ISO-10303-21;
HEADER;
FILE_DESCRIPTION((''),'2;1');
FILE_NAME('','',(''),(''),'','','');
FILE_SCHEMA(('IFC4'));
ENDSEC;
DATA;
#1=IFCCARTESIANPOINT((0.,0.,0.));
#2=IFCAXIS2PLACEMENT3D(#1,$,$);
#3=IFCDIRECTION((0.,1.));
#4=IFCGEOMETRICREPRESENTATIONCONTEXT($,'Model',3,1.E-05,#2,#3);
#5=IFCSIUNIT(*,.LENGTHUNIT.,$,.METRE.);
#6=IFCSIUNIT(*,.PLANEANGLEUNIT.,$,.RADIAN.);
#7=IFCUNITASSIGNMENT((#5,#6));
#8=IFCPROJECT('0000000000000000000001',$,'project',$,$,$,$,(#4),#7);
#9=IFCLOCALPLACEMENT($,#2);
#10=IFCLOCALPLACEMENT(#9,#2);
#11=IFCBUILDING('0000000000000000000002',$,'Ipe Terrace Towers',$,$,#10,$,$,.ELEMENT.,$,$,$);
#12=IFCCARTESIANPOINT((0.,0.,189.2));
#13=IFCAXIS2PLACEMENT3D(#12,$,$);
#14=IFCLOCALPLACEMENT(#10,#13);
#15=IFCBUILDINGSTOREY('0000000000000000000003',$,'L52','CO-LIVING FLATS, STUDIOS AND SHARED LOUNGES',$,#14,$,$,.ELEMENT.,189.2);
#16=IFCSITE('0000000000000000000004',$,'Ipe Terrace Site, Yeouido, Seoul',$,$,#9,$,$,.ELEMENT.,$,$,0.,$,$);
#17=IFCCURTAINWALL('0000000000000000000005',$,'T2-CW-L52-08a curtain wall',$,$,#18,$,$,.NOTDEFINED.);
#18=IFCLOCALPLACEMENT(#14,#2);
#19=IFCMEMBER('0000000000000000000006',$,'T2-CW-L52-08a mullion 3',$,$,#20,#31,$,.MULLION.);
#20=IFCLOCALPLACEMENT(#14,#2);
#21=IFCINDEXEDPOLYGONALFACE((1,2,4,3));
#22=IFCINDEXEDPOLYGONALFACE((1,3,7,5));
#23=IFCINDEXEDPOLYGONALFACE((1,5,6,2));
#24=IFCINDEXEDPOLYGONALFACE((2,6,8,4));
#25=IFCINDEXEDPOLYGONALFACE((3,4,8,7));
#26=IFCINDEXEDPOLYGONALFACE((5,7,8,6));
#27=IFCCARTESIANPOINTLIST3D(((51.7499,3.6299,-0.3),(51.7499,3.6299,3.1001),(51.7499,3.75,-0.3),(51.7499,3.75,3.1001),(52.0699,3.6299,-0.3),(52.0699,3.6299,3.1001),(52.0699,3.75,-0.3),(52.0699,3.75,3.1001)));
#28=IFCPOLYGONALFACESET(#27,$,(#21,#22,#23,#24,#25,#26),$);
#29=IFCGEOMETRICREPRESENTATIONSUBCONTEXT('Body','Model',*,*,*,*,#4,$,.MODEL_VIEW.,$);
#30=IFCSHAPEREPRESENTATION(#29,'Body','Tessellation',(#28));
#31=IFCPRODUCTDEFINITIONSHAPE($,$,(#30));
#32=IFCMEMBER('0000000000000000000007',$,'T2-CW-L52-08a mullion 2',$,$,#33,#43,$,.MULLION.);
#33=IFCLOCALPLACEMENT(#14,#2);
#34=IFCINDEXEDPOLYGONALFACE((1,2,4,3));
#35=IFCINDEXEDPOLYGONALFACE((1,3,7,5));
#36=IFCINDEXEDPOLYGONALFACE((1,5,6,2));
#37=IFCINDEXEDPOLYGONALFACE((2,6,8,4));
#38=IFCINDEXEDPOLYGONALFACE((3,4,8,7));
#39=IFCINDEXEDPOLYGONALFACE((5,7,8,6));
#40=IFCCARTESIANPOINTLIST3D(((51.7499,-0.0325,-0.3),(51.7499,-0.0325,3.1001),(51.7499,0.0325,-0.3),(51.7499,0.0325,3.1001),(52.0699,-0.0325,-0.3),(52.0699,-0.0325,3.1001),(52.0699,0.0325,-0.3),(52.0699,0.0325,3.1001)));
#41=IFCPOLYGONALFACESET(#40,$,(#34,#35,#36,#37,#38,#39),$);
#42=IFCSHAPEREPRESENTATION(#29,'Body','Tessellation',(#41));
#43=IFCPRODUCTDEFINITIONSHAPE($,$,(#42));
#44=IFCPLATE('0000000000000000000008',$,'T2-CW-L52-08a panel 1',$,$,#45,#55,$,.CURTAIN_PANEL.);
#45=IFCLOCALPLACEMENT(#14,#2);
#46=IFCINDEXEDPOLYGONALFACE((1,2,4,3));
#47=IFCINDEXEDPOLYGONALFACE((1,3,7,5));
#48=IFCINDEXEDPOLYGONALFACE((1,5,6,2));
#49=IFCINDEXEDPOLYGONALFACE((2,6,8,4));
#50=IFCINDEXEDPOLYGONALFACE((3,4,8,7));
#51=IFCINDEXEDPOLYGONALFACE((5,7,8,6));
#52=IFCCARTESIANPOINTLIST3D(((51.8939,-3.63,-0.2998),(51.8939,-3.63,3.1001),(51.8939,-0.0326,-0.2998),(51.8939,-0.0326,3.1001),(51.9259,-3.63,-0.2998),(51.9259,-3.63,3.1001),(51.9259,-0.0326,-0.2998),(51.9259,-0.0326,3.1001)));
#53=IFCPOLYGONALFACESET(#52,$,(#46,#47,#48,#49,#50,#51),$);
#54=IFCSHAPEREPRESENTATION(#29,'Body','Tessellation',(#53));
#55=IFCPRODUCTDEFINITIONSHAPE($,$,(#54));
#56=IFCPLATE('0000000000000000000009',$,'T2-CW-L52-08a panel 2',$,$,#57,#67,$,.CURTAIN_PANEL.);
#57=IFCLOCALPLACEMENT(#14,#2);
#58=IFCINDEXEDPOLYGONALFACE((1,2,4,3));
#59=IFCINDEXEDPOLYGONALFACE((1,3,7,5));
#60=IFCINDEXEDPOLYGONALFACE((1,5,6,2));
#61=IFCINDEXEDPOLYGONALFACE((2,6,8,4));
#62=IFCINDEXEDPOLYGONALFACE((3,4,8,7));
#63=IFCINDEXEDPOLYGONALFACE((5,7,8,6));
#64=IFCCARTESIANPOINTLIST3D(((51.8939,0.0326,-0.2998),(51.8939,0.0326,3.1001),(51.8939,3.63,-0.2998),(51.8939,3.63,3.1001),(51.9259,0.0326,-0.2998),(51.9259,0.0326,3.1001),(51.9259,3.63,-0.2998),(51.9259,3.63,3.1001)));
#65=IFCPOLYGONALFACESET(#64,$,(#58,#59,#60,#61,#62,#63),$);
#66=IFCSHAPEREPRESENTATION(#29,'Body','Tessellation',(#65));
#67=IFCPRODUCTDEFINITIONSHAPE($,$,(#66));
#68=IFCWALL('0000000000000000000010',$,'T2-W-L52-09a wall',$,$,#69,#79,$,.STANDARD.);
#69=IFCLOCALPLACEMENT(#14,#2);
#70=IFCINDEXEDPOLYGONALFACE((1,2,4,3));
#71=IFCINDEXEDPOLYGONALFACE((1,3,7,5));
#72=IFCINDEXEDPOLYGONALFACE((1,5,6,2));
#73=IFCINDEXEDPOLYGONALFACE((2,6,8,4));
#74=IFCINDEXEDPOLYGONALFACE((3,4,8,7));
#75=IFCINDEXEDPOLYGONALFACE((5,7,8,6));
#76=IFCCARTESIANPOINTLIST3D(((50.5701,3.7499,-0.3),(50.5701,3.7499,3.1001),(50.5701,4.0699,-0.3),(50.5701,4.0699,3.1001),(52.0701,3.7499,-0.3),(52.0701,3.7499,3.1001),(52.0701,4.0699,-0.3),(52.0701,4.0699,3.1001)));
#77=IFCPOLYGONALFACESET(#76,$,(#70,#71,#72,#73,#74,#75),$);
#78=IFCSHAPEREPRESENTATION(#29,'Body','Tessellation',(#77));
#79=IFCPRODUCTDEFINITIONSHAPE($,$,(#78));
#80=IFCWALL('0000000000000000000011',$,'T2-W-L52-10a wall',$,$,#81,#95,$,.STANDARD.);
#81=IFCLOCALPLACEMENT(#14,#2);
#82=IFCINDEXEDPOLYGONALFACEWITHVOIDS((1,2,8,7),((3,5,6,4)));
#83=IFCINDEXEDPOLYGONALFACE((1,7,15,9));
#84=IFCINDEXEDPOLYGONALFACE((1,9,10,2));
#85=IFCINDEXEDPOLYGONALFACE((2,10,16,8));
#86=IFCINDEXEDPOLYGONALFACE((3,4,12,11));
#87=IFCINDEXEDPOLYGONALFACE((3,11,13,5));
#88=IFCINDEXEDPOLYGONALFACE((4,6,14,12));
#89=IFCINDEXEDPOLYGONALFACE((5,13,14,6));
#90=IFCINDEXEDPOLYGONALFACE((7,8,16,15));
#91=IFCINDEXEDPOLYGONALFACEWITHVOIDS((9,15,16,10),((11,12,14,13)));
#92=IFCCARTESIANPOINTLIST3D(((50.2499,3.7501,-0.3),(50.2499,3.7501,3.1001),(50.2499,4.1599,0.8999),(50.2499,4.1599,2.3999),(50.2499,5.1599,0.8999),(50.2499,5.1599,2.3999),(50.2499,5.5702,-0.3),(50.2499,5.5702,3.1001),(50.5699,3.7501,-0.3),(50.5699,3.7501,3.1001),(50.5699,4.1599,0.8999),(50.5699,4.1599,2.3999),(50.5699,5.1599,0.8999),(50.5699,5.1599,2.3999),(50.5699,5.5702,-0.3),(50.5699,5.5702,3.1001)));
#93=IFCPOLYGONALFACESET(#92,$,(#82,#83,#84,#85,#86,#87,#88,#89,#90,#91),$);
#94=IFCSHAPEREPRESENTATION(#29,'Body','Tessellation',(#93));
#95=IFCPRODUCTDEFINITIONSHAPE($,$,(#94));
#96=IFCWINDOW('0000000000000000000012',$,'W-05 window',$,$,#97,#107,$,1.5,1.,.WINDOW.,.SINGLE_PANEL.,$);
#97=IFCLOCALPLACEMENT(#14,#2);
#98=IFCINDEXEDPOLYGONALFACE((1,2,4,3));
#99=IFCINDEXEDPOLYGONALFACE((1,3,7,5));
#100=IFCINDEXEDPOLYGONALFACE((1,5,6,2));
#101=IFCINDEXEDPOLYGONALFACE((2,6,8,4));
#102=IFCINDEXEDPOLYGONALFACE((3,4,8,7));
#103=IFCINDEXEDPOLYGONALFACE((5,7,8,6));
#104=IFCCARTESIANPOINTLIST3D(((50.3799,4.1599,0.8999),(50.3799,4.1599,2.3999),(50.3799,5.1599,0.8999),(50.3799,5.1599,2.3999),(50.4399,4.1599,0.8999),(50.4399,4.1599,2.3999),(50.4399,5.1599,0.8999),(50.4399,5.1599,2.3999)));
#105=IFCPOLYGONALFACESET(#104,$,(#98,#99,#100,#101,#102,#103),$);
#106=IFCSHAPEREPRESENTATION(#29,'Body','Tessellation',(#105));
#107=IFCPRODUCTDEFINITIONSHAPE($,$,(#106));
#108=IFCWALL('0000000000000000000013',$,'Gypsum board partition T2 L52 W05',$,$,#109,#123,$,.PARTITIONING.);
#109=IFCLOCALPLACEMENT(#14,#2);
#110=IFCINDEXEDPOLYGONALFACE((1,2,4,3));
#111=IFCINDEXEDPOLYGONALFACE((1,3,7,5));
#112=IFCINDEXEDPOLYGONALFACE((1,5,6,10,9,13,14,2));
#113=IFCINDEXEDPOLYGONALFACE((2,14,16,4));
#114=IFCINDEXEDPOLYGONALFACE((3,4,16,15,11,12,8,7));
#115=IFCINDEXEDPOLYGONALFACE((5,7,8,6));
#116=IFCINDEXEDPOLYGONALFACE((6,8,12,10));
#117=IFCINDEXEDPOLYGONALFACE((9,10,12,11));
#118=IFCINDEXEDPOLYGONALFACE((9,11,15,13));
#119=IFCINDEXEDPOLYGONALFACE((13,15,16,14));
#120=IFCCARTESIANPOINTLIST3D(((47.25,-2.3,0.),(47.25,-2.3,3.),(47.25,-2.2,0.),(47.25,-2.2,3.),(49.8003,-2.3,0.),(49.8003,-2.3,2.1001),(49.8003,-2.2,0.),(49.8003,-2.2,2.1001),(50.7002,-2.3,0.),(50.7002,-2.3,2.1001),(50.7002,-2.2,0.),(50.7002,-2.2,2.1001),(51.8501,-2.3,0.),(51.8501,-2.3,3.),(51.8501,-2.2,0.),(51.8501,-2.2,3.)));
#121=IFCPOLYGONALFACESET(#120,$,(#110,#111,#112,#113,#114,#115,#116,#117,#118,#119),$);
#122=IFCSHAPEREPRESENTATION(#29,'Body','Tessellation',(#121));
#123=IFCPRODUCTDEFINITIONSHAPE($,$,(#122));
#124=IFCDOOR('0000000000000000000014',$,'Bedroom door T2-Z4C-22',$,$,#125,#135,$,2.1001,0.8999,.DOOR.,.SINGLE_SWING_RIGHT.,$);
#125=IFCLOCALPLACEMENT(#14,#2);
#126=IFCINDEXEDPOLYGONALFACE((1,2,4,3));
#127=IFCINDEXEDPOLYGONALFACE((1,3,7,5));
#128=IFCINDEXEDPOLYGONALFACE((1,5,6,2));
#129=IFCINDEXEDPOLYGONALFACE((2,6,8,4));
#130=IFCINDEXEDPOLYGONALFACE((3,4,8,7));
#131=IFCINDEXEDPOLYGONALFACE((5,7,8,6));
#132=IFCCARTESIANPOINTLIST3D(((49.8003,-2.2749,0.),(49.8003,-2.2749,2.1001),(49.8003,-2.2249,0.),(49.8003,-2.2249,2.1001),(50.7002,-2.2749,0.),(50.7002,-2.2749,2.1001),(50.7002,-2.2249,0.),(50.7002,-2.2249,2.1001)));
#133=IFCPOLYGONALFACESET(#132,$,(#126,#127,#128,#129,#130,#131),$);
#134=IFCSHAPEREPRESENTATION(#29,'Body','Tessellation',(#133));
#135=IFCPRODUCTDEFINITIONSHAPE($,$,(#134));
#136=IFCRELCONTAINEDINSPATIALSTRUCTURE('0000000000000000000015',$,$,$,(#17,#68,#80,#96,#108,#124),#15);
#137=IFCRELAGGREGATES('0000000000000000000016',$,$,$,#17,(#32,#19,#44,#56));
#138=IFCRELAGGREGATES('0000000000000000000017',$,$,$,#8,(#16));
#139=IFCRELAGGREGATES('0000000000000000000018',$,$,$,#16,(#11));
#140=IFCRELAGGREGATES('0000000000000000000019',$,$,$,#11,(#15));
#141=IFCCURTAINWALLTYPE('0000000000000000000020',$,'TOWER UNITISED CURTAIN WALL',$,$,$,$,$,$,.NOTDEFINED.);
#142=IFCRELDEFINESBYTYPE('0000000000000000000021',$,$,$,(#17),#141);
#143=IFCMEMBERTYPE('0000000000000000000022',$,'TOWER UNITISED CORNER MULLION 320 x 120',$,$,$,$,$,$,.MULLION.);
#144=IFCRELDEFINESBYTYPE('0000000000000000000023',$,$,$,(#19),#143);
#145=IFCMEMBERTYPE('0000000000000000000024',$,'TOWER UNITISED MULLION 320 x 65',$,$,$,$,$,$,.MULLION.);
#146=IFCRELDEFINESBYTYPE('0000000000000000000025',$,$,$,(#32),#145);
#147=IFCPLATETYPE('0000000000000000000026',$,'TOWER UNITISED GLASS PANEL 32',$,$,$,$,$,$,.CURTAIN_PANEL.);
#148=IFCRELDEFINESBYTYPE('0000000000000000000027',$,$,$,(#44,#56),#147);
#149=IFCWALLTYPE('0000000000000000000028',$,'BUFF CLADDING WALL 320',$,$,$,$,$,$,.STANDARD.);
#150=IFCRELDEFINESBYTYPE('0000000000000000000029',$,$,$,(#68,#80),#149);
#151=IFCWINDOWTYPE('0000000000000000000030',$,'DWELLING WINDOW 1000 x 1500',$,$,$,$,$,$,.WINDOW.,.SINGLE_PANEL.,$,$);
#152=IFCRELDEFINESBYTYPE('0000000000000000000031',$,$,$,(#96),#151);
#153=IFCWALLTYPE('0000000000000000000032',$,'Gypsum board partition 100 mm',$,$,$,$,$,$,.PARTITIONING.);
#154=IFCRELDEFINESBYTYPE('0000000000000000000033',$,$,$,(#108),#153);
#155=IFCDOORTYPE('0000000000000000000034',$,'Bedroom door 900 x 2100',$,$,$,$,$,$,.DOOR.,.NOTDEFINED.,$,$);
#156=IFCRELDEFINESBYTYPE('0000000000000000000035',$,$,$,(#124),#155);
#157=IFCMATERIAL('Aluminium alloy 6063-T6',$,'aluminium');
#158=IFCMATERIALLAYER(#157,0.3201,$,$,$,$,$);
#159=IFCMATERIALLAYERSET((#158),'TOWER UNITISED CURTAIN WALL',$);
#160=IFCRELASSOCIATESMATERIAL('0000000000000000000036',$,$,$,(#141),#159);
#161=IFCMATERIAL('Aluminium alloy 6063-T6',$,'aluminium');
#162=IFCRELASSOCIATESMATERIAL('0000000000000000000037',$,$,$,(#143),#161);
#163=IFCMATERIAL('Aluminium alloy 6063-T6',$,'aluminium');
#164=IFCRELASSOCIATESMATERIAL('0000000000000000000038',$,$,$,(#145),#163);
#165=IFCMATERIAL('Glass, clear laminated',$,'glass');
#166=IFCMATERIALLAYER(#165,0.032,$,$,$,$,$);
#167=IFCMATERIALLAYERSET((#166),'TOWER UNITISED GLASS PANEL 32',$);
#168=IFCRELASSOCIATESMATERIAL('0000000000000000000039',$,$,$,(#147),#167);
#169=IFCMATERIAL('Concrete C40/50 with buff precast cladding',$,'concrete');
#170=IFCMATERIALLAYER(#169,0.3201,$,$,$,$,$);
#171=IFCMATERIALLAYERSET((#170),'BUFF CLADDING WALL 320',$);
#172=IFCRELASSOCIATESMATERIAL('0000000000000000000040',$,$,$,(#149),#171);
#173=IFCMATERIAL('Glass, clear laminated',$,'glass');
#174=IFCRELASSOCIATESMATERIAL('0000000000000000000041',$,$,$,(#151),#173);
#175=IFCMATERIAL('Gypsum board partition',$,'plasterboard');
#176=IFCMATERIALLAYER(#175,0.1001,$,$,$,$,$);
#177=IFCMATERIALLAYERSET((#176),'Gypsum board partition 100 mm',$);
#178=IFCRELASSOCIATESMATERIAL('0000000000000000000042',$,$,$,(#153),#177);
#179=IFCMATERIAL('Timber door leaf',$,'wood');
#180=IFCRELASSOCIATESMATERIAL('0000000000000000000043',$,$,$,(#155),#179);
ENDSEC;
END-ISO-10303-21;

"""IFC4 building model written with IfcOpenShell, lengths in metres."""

from ifc_helpers import new_model, si_unit, direction, frame, frame_2d, origin, origin_2d, place, context, subcontext, project, spatial, rectangle, extrude, material, layer, layer_set, material_profile, profile_set, type_object, element, fill, aggregate, save


model = new_model("IFC4")

# Units and contexts
model_context = context("Model", 3, precision=1e-05, world=origin(), true_north=direction((0.0, 1.0)))
body_context = subcontext(model_context, "Body", "Model", "MODEL_VIEW")
ifc_project = project(units=[si_unit("LENGTHUNIT", "METRE"), si_unit("PLANEANGLEUNIT", "RADIAN")], contexts=[model_context])

# Site, building, storey
site_placement = place(None, origin())
site = spatial("IfcSite", under=ifc_project, at=site_placement, Name="Ipe Terrace Site, Yeouido, Seoul", CompositionType="ELEMENT", RefElevation=0.0)
building_placement = place(site_placement, origin())
building = spatial("IfcBuilding", under=site, at=building_placement, Name="Ipe Terrace Towers", CompositionType="ELEMENT")
storey_placement = place(building_placement, frame((0.0, 0.0, 189.2)))
storey = spatial("IfcBuildingStorey", under=building, at=storey_placement, Name="L52", Description="CO-LIVING FLATS, STUDIOS AND SHARED LOUNGES", CompositionType="ELEMENT", Elevation=189.2)

# Curtain wall, members, plates
ifc_material_1 = material(Name="Aluminium alloy 6063-T6", Category="aluminium")
ifc_layer_1 = layer(ifc_material_1, 0.3201)
ifc_layer_set_1 = layer_set([ifc_layer_1], Name="TOWER UNITISED CURTAIN WALL")
curtain_wall_type = type_object("IfcCurtainWallType", Name="TOWER UNITISED CURTAIN WALL", PredefinedType="NOTDEFINED", material=ifc_layer_set_1)
curtain_wall_placement = place(storey_placement, origin())
curtain_wall = element("IfcCurtainWall", 1, at=curtain_wall_placement, inside=storey, type_object=curtain_wall_type, Name="T2-CW-L52-08a curtain wall", PredefinedType="NOTDEFINED")
ifc_material_2 = material(Name="Aluminium alloy 6063-T6", Category="aluminium")
ifc_material_profile_1 = material_profile(ifc_material_2, rectangle(XDim=0.3201, YDim=0.1201, at=origin_2d()), Name="TOWER UNITISED CORNER MULLION 320 x 120")
ifc_profile_set_1 = profile_set([ifc_material_profile_1], Name="Aluminium alloy 6063-T6")
member_type_1 = type_object("IfcMemberType", Name="TOWER UNITISED CORNER MULLION 320 x 120", PredefinedType="MULLION", material=ifc_profile_set_1)
member_1_placement = place(storey_placement, frame((51.9099, 3.6899, -0.3), z_axis=(0.0, 0.0, 1.0), x_axis=(1.0, 0.0, 0.0)))
member_1 = element("IfcMember", 2, at=member_1_placement, type_object=member_type_1, Name="T2-CW-L52-08a mullion 3", PredefinedType="MULLION", context=body_context, shape_type="SweptSolid", body=[
    extrude(rectangle(XDim=0.3201, YDim=0.1201, at=origin_2d()), origin(), (0.0, 0.0, 1.0), 3.4001),
])
ifc_material_3 = material(Name="Aluminium alloy 6063-T6", Category="aluminium")
ifc_material_profile_2 = material_profile(ifc_material_3, rectangle(XDim=0.3201, YDim=0.0649, at=origin_2d()), Name="TOWER UNITISED MULLION 320 x 65")
ifc_profile_set_2 = profile_set([ifc_material_profile_2], Name="Aluminium alloy 6063-T6")
member_type_2 = type_object("IfcMemberType", Name="TOWER UNITISED MULLION 320 x 65", PredefinedType="MULLION", material=ifc_profile_set_2)
member_2_placement = place(storey_placement, frame((51.9099, 0.0, -0.3), z_axis=(0.0, 0.0, 1.0), x_axis=(1.0, 0.0, 0.0)))
member_2 = element("IfcMember", 3, at=member_2_placement, type_object=member_type_2, Name="T2-CW-L52-08a mullion 2", PredefinedType="MULLION", context=body_context, shape_type="SweptSolid", body=[
    extrude(rectangle(XDim=0.3201, YDim=0.0649, at=origin_2d()), origin(), (0.0, 0.0, 1.0), 3.4001),
])
ifc_material_4 = material(Name="Glass, clear laminated", Category="glass")
ifc_layer_2 = layer(ifc_material_4, 0.032)
ifc_layer_set_2 = layer_set([ifc_layer_2], Name="TOWER UNITISED GLASS PANEL 32")
plate_type = type_object("IfcPlateType", Name="TOWER UNITISED GLASS PANEL 32", PredefinedType="CURTAIN_PANEL", material=ifc_layer_set_2)
plate_1_placement = place(storey_placement, frame((51.9099, -1.8313, -0.2998), z_axis=(0.0, 0.0, 1.0), x_axis=(0.0, 1.0, 0.0)))
plate_1 = element("IfcPlate", 4, at=plate_1_placement, type_object=plate_type, Name="T2-CW-L52-08a panel 1", PredefinedType="CURTAIN_PANEL", context=body_context, shape_type="SweptSolid", body=[
    extrude(rectangle(XDim=3.5974, YDim=0.032, at=origin_2d()), origin(), (0.0, 0.0, 1.0), 3.3999),
])
plate_2_placement = place(storey_placement, frame((51.9099, 1.8313, -0.2998), z_axis=(0.0, 0.0, 1.0), x_axis=(0.0, 1.0, 0.0)))
plate_2 = element("IfcPlate", 5, at=plate_2_placement, type_object=plate_type, Name="T2-CW-L52-08a panel 2", PredefinedType="CURTAIN_PANEL", context=body_context, shape_type="SweptSolid", body=[
    extrude(rectangle(XDim=3.5974, YDim=0.032, at=origin_2d()), origin(), (0.0, 0.0, 1.0), 3.3999),
])
aggregate(curtain_wall, [member_2, member_1, plate_1, plate_2])

# Wall
ifc_material_5 = material(Name="Concrete C40/50 with buff precast cladding", Category="concrete")
ifc_layer_3 = layer(ifc_material_5, 0.3201)
ifc_layer_set_3 = layer_set([ifc_layer_3], Name="BUFF CLADDING WALL 320")
wall_type_1 = type_object("IfcWallType", Name="BUFF CLADDING WALL 320", PredefinedType="STANDARD", material=ifc_layer_set_3)
wall_1_placement = place(storey_placement, frame((52.0701, 3.9099, -0.3), z_axis=(0.0, 0.0, 1.0), x_axis=(-1.0, 0.0, 0.0)))
element("IfcWall", 6, at=wall_1_placement, inside=storey, type_object=wall_type_1, Name="T2-W-L52-09a wall", PredefinedType="STANDARD", context=body_context, shape_type="SweptSolid", body=[
    extrude(rectangle(XDim=1.5, YDim=0.3201, at=frame_2d((0.75, 0.0))), origin(), (0.0, 0.0, 1.0), 3.4001),
])

# Wall, opening, window
wall_2_placement = place(storey_placement, frame((50.4099, 3.75, -0.3), z_axis=(0.0, 0.0, 1.0), x_axis=(0.0, 1.0, 0.0)))
wall_2 = element("IfcWall", 7, at=wall_2_placement, inside=storey, type_object=wall_type_1, Name="T2-W-L52-10a wall", PredefinedType="STANDARD", context=body_context, shape_type="SweptSolid", body=[
    extrude(rectangle(XDim=1.8201, YDim=0.3201, at=frame_2d((0.9102, 0.0))), origin(), (0.0, 0.0, 1.0), 3.4001),
])
opening_1_placement = place(wall_2_placement, frame((0.4099, 0.0, 1.2)))
opening_1 = element("IfcOpeningElement", 8, at=opening_1_placement, cuts=wall_2, PredefinedType="OPENING", context=body_context, shape_type="SweptSolid", body=[
    extrude(rectangle(XDim=1.0, YDim=1.5, at=frame_2d((0.5, 0.75))), frame((0.0, 0.1699, 0.0), z_axis=(0.0, -1.0, 0.0), x_axis=(1.0, 0.0, 0.0)), (0.0, 0.0, 1.0), 0.3401),
])
ifc_material_6 = material(Name="Glass, clear laminated", Category="glass")
window_type = type_object("IfcWindowType", Name="DWELLING WINDOW 1000 x 1500", PartitioningType="SINGLE_PANEL", PredefinedType="WINDOW", material=ifc_material_6)
window_placement = place(opening_1_placement, origin())
window = element("IfcWindow", 9, at=window_placement, inside=storey, type_object=window_type, Name="W-05 window", OverallHeight=1.5, OverallWidth=1.0, PartitioningType="SINGLE_PANEL", PredefinedType="WINDOW", context=body_context, shape_type="SweptSolid", body=[
    extrude(rectangle(XDim=1.0, YDim=1.5, at=frame_2d((0.5, 0.75))), frame((0.0, 0.03, 0.0), z_axis=(0.0, -1.0, 0.0), x_axis=(1.0, 0.0, 0.0)), (0.0, 0.0, 1.0), 0.0601),
])
fill(opening_1, window)

# Wall, opening, door
ifc_material_7 = material(Name="Gypsum board partition", Category="plasterboard")
ifc_layer_4 = layer(ifc_material_7, 0.1001)
ifc_layer_set_4 = layer_set([ifc_layer_4], Name="Gypsum board partition 100 mm")
wall_type_2 = type_object("IfcWallType", Name="Gypsum board partition 100 mm", PredefinedType="PARTITIONING", material=ifc_layer_set_4)
wall_3_placement = place(storey_placement, frame((51.8501, -2.25, 0.0), z_axis=(0.0, 0.0, 1.0), x_axis=(-1.0, 0.0, 0.0)))
wall_3 = element("IfcWall", 10, at=wall_3_placement, inside=storey, type_object=wall_type_2, Name="Gypsum board partition T2 L52 W05", PredefinedType="PARTITIONING", context=body_context, shape_type="SweptSolid", body=[
    extrude(rectangle(XDim=4.6001, YDim=0.1001, at=frame_2d((2.3, 0.0))), origin(), (0.0, 0.0, 1.0), 3.0),
])
opening_2_placement = place(wall_3_placement, frame((1.1499, 0.0, 0.0)))
opening_2 = element("IfcOpeningElement", 11, at=opening_2_placement, cuts=wall_3, PredefinedType="OPENING", context=body_context, shape_type="SweptSolid", body=[
    extrude(rectangle(XDim=0.8999, YDim=2.1001, at=frame_2d((0.45, 1.05))), frame((0.0, 0.0601, 0.0), z_axis=(0.0, -1.0, 0.0), x_axis=(1.0, 0.0, 0.0)), (0.0, 0.0, 1.0), 0.1201),
])
ifc_material_8 = material(Name="Timber door leaf", Category="wood")
door_type_1 = type_object("IfcDoorType", Name="Bedroom door 900 x 2100", OperationType="NOTDEFINED", PredefinedType="DOOR", material=ifc_material_8)
door_1_placement = place(opening_2_placement, origin())
door_1 = element("IfcDoor", 12, at=door_1_placement, inside=storey, type_object=door_type_1, Name="Bedroom door T2-Z4C-22", OperationType="SINGLE_SWING_RIGHT", OverallHeight=2.1001, OverallWidth=0.8999, PredefinedType="DOOR", context=body_context, shape_type="SweptSolid", body=[
    extrude(rectangle(XDim=0.8999, YDim=2.1001, at=frame_2d((0.45, 1.05))), frame((0.0, 0.0249, 0.0), z_axis=(0.0, -1.0, 0.0), x_axis=(1.0, 0.0, 0.0)), (0.0, 0.0, 1.0), 0.05),
])
fill(opening_2, door_1)

save(model, "model.ifc")
